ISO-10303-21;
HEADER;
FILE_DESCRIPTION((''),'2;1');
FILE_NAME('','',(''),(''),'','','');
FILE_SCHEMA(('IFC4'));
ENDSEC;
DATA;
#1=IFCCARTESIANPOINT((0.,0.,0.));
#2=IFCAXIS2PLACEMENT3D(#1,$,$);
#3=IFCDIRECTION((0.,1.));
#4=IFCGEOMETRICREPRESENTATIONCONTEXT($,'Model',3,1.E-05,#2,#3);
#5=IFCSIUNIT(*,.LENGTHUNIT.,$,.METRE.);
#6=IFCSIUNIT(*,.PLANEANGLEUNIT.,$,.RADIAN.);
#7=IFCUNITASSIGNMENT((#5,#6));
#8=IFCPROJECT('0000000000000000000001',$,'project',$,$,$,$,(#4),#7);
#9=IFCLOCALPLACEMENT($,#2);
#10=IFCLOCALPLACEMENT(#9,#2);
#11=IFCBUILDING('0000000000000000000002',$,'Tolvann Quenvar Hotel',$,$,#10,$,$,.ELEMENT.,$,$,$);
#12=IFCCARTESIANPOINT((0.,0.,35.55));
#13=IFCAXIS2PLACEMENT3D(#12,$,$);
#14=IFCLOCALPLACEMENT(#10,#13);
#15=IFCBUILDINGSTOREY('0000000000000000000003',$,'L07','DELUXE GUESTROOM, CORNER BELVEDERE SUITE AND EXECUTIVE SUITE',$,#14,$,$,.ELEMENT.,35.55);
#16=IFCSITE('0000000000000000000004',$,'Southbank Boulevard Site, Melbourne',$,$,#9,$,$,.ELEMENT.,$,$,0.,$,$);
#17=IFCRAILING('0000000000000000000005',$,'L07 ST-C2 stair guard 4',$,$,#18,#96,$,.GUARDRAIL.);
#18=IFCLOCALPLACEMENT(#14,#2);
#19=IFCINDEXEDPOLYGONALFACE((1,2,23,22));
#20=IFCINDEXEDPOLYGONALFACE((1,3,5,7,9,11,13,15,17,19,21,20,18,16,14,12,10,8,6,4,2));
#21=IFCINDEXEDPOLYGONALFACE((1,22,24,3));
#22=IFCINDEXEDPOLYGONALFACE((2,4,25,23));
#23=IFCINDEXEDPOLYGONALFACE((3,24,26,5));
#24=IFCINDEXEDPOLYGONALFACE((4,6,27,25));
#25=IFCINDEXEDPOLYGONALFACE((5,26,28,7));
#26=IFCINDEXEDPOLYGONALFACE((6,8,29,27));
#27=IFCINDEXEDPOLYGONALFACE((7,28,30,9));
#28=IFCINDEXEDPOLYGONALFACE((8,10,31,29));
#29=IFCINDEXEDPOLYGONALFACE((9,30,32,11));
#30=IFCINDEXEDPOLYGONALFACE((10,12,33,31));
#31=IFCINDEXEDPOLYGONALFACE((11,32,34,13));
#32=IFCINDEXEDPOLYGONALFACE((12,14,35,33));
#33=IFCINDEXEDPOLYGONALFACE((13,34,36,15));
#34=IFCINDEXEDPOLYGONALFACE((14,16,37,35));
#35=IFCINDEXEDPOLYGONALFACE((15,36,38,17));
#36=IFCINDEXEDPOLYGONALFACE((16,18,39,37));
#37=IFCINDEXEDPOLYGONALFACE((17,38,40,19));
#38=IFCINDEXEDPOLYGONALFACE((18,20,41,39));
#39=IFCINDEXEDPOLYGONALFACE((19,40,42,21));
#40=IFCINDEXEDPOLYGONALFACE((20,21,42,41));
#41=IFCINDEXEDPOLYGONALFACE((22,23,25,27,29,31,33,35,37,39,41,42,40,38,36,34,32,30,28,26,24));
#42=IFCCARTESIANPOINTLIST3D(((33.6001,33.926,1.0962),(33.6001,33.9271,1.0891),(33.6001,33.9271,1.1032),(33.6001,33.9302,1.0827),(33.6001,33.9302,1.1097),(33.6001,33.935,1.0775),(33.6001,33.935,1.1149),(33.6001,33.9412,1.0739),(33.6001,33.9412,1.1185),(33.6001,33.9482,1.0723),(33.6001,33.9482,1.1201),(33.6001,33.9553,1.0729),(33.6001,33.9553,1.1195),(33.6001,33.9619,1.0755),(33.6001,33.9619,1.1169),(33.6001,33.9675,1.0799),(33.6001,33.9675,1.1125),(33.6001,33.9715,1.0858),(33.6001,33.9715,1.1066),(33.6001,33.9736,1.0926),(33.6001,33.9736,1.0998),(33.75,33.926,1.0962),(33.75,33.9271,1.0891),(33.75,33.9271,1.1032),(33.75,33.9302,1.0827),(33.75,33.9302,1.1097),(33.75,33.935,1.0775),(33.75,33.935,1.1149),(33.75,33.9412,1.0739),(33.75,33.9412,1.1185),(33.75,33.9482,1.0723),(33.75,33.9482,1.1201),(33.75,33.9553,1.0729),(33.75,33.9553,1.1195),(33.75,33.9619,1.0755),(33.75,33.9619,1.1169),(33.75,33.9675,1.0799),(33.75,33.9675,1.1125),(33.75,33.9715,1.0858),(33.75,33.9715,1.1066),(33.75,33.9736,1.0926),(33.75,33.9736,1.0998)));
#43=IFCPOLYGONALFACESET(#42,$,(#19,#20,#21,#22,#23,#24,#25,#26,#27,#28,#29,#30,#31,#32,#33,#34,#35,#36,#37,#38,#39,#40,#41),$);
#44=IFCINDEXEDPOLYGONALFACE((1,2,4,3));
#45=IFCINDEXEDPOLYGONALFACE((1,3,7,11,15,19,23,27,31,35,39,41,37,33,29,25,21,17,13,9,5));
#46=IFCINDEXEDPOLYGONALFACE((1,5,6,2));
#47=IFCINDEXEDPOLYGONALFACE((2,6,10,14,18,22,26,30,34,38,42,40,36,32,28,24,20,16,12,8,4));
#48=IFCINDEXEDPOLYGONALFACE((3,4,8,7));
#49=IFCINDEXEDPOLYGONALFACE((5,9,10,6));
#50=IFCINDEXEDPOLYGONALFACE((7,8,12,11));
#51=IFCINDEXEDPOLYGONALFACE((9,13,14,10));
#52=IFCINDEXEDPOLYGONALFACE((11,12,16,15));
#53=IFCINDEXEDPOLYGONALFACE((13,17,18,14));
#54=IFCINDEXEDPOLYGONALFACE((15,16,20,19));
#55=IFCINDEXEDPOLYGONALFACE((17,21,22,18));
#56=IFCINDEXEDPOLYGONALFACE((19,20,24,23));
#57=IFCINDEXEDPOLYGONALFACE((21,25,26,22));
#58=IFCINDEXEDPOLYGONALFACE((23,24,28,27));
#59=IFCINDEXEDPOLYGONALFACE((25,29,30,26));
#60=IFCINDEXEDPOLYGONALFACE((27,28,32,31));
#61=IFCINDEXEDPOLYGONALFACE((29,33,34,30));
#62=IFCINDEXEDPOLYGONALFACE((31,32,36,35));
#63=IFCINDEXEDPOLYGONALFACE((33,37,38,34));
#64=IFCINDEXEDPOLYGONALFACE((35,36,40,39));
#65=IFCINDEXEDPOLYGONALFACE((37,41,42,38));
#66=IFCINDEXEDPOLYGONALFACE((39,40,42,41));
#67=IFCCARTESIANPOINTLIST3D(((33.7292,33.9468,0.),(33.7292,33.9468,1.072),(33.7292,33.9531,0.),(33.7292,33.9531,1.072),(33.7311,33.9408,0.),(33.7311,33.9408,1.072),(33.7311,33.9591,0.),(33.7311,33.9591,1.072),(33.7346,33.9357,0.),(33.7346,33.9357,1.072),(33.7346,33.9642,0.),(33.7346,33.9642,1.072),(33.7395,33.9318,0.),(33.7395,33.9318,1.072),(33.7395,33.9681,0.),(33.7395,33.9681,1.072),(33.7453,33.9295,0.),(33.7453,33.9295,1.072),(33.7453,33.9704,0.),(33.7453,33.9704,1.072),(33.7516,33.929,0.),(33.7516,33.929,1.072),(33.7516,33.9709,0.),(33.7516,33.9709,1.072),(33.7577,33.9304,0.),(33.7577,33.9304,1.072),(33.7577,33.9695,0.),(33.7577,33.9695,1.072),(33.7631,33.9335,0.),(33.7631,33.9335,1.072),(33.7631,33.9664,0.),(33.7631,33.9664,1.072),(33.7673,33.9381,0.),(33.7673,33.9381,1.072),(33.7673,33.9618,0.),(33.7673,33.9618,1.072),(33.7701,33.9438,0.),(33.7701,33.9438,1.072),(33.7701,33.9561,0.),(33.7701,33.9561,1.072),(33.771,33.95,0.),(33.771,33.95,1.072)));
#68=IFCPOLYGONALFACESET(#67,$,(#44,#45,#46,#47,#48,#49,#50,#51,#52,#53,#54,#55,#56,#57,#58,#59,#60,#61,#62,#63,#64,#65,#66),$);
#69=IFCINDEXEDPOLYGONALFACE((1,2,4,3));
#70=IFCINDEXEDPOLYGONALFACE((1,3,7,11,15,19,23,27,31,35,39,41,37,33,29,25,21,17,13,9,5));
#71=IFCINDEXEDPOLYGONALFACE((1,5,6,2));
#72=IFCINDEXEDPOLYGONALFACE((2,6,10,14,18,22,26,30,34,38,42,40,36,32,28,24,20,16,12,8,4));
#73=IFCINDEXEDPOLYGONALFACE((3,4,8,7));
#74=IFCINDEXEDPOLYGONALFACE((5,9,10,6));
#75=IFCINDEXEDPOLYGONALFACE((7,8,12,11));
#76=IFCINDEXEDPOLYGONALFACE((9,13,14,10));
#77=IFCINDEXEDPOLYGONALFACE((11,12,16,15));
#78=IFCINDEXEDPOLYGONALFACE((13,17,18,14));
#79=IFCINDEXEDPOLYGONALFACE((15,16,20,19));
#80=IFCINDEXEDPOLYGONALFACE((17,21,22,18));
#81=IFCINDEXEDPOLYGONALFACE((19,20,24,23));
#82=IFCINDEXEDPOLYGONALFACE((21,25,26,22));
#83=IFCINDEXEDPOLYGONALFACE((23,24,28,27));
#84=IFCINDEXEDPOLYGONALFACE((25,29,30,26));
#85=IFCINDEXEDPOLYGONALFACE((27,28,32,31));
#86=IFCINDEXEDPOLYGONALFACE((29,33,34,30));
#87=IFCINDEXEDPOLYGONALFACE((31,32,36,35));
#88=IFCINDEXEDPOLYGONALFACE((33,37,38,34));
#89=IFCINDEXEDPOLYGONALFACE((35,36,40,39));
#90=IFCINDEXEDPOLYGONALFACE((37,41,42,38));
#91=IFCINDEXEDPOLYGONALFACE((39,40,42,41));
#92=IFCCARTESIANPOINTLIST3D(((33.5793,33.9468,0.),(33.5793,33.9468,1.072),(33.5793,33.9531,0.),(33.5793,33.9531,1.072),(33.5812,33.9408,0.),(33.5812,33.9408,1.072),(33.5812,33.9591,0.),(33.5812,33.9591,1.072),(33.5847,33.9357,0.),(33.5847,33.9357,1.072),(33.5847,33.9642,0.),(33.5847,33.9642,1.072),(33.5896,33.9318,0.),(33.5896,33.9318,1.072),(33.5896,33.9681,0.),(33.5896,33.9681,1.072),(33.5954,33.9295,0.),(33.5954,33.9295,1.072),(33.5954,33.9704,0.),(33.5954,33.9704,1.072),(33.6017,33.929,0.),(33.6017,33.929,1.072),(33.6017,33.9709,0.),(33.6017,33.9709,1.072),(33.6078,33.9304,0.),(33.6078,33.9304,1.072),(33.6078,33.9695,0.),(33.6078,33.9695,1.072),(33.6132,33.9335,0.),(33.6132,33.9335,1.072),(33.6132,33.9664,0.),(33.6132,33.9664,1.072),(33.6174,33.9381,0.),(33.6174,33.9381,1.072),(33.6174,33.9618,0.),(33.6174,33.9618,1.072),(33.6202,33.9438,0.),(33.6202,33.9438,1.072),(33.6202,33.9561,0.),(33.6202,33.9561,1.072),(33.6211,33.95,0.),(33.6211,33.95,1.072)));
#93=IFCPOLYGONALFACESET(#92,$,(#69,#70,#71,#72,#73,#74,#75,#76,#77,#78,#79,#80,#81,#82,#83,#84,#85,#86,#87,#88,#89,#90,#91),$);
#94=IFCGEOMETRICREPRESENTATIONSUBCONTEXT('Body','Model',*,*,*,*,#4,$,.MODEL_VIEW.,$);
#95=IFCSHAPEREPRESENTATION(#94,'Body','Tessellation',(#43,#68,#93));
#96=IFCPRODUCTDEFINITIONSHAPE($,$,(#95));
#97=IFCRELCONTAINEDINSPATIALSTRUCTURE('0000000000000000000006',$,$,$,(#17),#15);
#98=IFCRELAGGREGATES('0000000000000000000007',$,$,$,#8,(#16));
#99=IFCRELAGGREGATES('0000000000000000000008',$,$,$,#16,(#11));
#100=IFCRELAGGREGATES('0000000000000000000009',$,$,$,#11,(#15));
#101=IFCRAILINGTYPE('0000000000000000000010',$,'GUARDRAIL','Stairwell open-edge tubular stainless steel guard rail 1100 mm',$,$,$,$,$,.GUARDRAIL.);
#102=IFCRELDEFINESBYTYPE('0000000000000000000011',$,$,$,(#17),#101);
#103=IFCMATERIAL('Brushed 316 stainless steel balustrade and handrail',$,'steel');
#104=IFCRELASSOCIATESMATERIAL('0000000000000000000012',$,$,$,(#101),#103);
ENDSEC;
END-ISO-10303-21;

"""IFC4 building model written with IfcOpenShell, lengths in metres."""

from ifc_helpers import new_model, si_unit, direction, frame, origin, origin_2d, place, context, subcontext, project, spatial, circle, extrude, material, type_object, element, save


model = new_model("IFC4")

# Units and contexts
model_context = context("Model", 3, precision=1e-05, world=origin(), true_north=direction((0.0, 1.0)))
body_context = subcontext(model_context, "Body", "Model", "MODEL_VIEW")
ifc_project = project(units=[si_unit("LENGTHUNIT", "METRE"), si_unit("PLANEANGLEUNIT", "RADIAN")], contexts=[model_context])

# Site, building, storey
site_placement = place(None, origin())
site = spatial("IfcSite", under=ifc_project, at=site_placement, Name="Southbank Boulevard Site, Melbourne", CompositionType="ELEMENT", RefElevation=0.0)
building_placement = place(site_placement, origin())
building = spatial("IfcBuilding", under=site, at=building_placement, Name="Tolvann Quenvar Hotel", CompositionType="ELEMENT")
storey_placement = place(building_placement, frame((0.0, 0.0, 35.55)))
storey = spatial("IfcBuildingStorey", under=building, at=storey_placement, Name="L07", Description="DELUXE GUESTROOM, CORNER BELVEDERE SUITE AND EXECUTIVE SUITE", CompositionType="ELEMENT", Elevation=35.55)

# Railing
ifc_material_1 = material(Name="Brushed 316 stainless steel balustrade and handrail", Category="steel")
railing_type_1 = type_object("IfcRailingType", Name="GUARDRAIL", Description="Stairwell open-edge tubular stainless steel guard rail 1100 mm", PredefinedType="GUARDRAIL", material=ifc_material_1)
railing_1_placement = place(storey_placement, frame((33.75, 33.95, 0.0)))
element("IfcRailing", 1, at=railing_1_placement, inside=storey, type_object=railing_type_1, Name="L07 ST-C2 stair guard 4", PredefinedType="GUARDRAIL", context=body_context, shape_type="SweptSolid", body=[
    extrude(circle(Radius=0.0239, at=origin_2d()), frame((0.0, 0.0, 1.0962), z_axis=(-1.0, 0.0, 0.0), x_axis=(0.0, -1.0, 0.0)), (0.0, 0.0, 1.0), 0.1499),
    extrude(circle(Radius=0.021, at=origin_2d()), origin(), (0.0, 0.0, 1.0), 1.072),
    extrude(circle(Radius=0.021, at=origin_2d()), frame((-0.1499, 0.0, 0.0)), (0.0, 0.0, 1.0), 1.072),
])

save(model, "model.ifc")
